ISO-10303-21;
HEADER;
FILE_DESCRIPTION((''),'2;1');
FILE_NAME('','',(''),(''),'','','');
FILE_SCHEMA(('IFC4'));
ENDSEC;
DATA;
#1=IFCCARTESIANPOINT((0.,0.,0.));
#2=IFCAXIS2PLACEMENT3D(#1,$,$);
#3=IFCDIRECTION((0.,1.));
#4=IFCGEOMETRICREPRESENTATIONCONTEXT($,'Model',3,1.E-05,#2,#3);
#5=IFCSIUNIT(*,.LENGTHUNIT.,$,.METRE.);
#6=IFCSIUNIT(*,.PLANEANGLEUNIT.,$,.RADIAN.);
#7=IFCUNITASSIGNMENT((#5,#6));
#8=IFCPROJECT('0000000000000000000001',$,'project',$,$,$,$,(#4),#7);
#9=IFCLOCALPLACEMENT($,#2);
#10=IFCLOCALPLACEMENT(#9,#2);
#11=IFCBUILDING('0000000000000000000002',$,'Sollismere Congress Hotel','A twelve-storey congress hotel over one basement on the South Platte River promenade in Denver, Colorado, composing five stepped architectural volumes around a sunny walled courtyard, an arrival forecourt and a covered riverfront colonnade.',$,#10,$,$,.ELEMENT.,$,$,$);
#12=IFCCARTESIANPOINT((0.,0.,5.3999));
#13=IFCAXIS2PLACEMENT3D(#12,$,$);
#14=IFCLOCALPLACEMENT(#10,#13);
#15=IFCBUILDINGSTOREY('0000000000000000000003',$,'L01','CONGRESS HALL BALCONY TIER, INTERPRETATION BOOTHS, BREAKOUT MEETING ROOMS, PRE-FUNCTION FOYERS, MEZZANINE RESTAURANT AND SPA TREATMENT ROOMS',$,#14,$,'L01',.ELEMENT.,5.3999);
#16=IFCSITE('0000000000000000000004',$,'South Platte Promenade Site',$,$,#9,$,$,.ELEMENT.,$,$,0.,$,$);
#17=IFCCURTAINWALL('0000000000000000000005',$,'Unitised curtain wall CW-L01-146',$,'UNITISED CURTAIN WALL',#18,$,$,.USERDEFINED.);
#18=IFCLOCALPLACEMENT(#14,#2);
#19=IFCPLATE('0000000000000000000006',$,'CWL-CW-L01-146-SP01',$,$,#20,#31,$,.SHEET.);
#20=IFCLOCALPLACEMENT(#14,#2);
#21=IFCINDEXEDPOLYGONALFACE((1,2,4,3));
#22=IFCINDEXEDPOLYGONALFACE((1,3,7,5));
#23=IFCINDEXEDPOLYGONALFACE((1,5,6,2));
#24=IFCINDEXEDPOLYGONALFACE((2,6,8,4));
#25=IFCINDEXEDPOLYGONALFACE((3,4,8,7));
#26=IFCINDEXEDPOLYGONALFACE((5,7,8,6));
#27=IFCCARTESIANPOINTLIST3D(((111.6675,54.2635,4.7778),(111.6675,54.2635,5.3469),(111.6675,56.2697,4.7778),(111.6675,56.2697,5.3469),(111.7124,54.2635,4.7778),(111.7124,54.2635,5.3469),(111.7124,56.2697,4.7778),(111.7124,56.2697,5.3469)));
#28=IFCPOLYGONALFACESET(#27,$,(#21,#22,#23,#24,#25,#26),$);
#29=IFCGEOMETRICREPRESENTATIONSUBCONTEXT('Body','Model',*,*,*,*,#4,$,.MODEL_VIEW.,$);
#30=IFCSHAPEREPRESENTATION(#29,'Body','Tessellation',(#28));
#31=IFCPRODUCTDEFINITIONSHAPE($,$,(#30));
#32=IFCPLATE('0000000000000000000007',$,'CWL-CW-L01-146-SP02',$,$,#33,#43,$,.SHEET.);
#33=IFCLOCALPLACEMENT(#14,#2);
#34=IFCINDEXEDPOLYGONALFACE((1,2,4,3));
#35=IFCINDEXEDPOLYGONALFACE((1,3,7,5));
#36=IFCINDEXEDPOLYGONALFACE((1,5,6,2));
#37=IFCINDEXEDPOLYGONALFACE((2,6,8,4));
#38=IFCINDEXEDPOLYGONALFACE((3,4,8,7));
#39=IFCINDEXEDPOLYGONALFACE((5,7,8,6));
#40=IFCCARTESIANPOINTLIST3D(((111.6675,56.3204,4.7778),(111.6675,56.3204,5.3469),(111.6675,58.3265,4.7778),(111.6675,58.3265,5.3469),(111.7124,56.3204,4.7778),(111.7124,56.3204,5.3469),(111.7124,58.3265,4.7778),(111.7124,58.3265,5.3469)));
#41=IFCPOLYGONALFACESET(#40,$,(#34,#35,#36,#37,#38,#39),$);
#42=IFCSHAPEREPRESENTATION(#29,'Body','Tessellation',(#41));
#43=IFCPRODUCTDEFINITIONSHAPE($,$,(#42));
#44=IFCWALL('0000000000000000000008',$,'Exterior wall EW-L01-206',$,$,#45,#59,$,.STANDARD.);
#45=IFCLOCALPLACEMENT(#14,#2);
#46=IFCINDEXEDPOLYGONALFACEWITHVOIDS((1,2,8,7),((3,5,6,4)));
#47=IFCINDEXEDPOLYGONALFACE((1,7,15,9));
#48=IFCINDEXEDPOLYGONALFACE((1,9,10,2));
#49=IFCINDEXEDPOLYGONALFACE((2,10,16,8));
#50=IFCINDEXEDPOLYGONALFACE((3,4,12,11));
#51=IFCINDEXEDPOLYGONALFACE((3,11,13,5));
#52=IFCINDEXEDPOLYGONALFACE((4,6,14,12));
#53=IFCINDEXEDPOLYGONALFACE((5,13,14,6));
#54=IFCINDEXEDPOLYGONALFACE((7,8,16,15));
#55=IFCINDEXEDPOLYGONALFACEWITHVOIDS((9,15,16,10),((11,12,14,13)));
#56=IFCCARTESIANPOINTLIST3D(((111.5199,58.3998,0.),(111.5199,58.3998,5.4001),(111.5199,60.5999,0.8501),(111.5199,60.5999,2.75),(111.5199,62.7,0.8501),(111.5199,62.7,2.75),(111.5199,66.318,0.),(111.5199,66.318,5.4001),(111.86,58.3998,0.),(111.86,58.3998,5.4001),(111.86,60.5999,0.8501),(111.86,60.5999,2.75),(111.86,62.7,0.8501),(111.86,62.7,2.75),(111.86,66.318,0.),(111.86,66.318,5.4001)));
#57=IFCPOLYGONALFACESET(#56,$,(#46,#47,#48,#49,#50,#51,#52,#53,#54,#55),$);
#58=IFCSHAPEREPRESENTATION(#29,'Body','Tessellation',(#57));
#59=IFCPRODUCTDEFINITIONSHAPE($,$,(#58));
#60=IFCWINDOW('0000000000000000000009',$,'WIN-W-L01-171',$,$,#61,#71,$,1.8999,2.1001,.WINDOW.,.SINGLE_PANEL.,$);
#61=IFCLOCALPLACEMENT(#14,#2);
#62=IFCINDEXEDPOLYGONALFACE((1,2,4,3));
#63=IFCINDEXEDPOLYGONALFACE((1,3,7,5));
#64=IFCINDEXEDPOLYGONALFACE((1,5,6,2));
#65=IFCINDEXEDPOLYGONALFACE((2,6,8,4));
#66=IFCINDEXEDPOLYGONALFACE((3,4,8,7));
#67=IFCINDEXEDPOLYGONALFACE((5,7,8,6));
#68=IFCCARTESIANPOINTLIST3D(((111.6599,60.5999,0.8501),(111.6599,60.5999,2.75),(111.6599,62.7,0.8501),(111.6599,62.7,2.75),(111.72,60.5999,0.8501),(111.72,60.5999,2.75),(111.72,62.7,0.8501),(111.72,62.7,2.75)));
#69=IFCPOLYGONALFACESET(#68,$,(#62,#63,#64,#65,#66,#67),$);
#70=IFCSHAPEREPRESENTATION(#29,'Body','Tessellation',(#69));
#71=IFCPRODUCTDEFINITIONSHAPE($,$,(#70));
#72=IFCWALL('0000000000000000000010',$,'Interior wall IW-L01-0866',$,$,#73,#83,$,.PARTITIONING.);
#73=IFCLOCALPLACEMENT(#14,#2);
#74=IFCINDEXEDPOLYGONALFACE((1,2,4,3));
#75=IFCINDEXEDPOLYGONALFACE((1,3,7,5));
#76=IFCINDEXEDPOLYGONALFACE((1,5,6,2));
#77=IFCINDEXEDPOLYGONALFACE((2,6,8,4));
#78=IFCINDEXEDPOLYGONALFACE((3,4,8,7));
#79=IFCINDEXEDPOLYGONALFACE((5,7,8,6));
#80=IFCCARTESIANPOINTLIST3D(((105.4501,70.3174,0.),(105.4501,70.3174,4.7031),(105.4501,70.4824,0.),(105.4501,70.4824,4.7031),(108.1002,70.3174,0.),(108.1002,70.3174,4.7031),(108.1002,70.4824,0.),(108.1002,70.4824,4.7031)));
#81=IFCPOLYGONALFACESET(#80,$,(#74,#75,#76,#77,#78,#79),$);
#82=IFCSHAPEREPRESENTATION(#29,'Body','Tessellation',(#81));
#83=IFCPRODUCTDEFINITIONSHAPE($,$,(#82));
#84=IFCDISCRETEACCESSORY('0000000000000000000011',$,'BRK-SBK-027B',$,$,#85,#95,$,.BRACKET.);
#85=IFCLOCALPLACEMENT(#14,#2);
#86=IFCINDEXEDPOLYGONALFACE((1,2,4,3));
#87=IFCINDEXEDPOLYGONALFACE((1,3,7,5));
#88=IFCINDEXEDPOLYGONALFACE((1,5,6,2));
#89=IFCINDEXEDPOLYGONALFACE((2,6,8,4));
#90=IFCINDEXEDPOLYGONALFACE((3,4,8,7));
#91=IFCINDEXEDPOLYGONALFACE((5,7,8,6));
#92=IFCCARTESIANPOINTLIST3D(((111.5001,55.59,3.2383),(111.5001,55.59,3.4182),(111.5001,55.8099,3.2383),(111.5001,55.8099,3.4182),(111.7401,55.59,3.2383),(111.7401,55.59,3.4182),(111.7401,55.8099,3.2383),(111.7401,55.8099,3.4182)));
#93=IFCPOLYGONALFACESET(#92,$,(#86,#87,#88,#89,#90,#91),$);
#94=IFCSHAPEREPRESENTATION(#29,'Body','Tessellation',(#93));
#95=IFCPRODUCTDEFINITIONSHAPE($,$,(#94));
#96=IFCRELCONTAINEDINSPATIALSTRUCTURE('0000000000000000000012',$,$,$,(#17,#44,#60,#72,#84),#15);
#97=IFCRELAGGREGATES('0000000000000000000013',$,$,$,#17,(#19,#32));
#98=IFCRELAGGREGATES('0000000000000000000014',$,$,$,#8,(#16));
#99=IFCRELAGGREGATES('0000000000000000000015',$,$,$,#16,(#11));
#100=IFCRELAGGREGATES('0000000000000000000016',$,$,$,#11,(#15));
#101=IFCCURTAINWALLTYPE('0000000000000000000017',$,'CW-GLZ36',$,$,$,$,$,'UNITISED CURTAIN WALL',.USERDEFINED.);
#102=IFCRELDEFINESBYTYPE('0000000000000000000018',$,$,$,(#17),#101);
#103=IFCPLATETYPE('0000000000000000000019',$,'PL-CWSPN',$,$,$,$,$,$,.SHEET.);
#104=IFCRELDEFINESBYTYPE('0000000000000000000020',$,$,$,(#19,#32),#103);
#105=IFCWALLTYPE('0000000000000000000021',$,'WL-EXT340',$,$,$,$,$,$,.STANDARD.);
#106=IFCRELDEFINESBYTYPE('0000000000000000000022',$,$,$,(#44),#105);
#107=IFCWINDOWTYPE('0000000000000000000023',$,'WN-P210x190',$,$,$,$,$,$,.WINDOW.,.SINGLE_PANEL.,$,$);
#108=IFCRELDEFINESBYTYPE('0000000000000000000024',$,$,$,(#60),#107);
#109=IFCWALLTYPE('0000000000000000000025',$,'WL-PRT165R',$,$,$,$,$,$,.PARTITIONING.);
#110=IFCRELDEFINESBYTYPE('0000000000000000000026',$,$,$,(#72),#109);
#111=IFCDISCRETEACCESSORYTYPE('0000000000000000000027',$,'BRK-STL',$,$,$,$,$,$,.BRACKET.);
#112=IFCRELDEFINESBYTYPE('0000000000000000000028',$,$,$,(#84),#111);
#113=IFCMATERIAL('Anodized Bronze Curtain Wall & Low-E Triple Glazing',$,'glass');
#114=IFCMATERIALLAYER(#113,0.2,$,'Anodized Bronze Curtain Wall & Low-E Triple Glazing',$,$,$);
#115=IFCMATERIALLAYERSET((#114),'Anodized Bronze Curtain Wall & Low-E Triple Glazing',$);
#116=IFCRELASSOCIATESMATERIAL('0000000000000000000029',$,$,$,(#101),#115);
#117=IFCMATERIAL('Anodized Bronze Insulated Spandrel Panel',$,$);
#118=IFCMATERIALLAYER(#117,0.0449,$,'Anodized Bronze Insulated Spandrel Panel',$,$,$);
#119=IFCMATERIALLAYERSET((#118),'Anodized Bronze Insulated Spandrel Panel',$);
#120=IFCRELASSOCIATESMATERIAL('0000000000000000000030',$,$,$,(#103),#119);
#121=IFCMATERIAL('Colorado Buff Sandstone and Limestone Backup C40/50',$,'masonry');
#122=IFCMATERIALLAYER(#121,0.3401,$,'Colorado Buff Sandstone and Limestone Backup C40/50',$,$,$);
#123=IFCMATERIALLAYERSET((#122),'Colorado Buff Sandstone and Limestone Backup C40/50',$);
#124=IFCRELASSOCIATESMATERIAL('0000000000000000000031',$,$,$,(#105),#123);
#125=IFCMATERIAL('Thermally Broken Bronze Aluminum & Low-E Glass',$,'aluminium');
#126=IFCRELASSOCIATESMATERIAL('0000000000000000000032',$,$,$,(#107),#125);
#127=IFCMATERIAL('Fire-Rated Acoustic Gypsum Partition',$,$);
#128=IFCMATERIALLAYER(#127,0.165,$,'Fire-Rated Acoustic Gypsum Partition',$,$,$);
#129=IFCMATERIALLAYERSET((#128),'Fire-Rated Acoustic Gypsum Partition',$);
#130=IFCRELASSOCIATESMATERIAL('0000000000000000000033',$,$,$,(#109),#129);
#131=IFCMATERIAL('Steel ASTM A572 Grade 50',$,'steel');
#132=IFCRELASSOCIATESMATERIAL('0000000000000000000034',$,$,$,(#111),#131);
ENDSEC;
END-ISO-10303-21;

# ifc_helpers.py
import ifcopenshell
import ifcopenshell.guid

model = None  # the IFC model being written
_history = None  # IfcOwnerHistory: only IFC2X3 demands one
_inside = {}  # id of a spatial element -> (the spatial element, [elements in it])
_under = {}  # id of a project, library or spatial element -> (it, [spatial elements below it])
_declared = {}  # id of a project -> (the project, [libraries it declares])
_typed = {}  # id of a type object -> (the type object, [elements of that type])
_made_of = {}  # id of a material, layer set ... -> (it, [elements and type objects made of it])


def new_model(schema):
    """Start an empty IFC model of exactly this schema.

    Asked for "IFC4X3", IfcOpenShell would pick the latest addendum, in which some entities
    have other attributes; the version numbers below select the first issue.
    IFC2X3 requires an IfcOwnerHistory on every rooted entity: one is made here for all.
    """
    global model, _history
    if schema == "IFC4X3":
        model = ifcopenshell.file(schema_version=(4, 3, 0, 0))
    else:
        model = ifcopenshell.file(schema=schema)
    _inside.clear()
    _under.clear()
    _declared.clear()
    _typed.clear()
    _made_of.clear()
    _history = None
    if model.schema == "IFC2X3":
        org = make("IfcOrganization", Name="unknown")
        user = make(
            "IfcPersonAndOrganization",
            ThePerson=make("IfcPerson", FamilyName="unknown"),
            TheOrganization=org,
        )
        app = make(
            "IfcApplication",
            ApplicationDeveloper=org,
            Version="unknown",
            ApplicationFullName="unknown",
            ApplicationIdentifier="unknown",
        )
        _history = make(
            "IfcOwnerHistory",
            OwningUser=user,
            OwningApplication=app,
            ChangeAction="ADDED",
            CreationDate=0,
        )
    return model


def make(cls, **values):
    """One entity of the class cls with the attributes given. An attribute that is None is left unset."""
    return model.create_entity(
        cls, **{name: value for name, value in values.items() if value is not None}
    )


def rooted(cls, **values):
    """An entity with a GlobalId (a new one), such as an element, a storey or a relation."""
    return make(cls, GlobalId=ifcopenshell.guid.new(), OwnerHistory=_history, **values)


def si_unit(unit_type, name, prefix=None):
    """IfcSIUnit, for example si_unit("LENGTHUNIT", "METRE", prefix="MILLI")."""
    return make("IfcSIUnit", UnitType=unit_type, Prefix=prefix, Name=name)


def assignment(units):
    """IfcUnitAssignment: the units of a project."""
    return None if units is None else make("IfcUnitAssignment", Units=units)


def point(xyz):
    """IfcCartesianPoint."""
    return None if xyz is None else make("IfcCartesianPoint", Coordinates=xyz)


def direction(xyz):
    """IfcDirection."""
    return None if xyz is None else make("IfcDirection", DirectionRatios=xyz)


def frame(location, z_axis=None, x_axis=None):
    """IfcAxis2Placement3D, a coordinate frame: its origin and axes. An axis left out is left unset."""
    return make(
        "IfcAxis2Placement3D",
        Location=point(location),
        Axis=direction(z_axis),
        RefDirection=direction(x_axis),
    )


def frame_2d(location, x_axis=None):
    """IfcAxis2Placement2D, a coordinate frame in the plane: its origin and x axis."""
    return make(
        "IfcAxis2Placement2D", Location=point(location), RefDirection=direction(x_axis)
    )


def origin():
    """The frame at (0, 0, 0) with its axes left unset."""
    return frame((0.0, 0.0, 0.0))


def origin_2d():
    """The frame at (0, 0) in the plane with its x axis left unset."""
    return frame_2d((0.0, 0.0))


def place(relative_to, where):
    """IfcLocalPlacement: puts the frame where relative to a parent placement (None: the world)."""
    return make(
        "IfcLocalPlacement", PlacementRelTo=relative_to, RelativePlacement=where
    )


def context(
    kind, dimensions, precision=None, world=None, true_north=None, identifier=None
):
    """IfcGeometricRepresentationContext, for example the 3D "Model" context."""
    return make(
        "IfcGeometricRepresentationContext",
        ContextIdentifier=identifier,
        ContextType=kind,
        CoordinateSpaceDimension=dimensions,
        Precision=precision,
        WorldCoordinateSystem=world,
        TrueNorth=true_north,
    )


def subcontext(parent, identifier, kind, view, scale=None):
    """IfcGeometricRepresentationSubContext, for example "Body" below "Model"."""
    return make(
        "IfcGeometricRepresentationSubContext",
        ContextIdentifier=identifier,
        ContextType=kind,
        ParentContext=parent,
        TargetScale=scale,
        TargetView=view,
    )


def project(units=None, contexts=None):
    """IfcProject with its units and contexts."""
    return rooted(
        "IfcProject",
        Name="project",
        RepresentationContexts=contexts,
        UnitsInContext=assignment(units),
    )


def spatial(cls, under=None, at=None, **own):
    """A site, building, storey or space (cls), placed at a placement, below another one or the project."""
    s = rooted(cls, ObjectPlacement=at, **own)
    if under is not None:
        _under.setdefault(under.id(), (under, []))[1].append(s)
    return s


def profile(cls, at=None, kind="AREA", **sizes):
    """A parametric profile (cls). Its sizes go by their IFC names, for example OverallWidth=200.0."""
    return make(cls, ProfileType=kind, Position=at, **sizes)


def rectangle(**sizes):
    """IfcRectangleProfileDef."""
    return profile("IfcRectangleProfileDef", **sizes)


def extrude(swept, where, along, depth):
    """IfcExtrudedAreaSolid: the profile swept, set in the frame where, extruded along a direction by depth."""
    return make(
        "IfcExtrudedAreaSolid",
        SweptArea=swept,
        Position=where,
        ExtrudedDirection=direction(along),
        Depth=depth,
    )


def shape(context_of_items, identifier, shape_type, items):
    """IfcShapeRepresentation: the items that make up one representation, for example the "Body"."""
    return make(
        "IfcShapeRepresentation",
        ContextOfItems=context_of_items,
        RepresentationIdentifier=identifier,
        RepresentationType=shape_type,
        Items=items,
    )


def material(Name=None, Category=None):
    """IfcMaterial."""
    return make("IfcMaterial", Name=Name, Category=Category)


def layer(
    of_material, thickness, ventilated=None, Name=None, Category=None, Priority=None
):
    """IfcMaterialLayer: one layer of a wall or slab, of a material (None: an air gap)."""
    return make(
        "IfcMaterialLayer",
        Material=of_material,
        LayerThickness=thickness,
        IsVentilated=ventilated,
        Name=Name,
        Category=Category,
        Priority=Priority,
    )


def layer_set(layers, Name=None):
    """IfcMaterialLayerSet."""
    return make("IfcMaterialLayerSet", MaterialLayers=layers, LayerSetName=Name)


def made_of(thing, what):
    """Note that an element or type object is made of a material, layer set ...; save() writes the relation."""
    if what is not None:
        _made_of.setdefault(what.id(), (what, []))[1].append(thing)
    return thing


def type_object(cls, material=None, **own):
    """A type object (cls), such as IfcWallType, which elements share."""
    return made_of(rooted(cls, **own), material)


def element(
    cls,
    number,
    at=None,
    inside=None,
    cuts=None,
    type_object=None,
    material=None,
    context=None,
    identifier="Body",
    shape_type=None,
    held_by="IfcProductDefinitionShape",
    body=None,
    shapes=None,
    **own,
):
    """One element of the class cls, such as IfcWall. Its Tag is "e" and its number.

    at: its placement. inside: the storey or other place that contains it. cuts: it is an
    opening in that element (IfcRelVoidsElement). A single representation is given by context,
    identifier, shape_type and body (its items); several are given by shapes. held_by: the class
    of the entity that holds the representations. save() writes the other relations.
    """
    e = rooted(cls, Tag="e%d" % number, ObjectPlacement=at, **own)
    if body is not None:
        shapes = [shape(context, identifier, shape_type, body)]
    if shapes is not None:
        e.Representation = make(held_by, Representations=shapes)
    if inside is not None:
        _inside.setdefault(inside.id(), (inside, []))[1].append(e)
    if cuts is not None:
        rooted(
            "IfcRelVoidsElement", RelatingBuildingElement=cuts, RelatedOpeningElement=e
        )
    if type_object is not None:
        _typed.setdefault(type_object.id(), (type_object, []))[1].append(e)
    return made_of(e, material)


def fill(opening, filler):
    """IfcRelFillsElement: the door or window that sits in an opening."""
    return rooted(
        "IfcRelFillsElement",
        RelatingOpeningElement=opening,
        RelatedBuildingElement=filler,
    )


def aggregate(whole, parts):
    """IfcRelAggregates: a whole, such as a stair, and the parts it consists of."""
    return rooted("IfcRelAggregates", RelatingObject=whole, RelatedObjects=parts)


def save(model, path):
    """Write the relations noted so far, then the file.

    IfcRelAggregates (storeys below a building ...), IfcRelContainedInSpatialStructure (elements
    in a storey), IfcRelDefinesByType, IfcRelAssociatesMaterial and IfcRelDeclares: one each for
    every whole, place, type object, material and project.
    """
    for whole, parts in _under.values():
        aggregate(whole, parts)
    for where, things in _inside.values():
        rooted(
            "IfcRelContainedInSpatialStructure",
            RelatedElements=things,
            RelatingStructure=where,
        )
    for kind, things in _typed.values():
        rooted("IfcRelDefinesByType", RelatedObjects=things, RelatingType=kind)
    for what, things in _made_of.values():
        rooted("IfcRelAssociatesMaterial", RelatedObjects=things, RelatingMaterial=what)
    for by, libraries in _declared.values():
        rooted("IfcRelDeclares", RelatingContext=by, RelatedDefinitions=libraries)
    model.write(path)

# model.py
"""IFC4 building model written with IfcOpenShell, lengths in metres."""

from ifc_helpers import new_model, si_unit, direction, frame, frame_2d, origin, origin_2d, place, context, subcontext, project, spatial, rectangle, extrude, material, layer, layer_set, type_object, element, fill, aggregate, save


model = new_model("IFC4")

# Units and contexts
model_context = context("Model", 3, precision=1e-05, world=origin(), true_north=direction((0.0, 1.0)))
body_context = subcontext(model_context, "Body", "Model", "MODEL_VIEW")
ifc_project = project(units=[si_unit("LENGTHUNIT", "METRE"), si_unit("PLANEANGLEUNIT", "RADIAN")], contexts=[model_context])

# Site, building, storey
site_placement = place(None, origin())
site = spatial("IfcSite", under=ifc_project, at=site_placement, Name="South Platte Promenade Site", CompositionType="ELEMENT", RefElevation=0.0)
building_placement = place(site_placement, origin())
building = spatial("IfcBuilding", under=site, at=building_placement, Name="Sollismere Congress Hotel", Description="A twelve-storey congress hotel over one basement on the South Platte River promenade in Denver, Colorado, composing five stepped architectural volumes around a sunny walled courtyard, an arrival forecourt and a covered riverfront colonnade.", CompositionType="ELEMENT")
storey_placement = place(building_placement, frame((0.0, 0.0, 5.3999)))
storey = spatial("IfcBuildingStorey", under=building, at=storey_placement, Name="L01", Description="CONGRESS HALL BALCONY TIER, INTERPRETATION BOOTHS, BREAKOUT MEETING ROOMS, PRE-FUNCTION FOYERS, MEZZANINE RESTAURANT AND SPA TREATMENT ROOMS", LongName="L01", CompositionType="ELEMENT", Elevation=5.3999)

# Curtain wall, plates
ifc_material_1 = material(Name="Anodized Bronze Curtain Wall & Low-E Triple Glazing", Category="glass")
ifc_layer_1 = layer(ifc_material_1, 0.2, Name="Anodized Bronze Curtain Wall & Low-E Triple Glazing")
ifc_layer_set_1 = layer_set([ifc_layer_1], Name="Anodized Bronze Curtain Wall & Low-E Triple Glazing")
curtain_wall_type = type_object("IfcCurtainWallType", Name="CW-GLZ36", ElementType="UNITISED CURTAIN WALL", PredefinedType="USERDEFINED", material=ifc_layer_set_1)
curtain_wall_placement = place(storey_placement, origin())
curtain_wall = element("IfcCurtainWall", 1, at=curtain_wall_placement, inside=storey, type_object=curtain_wall_type, Name="Unitised curtain wall CW-L01-146", ObjectType="UNITISED CURTAIN WALL", PredefinedType="USERDEFINED")
ifc_material_2 = material(Name="Anodized Bronze Insulated Spandrel Panel")
ifc_layer_2 = layer(ifc_material_2, 0.0449, Name="Anodized Bronze Insulated Spandrel Panel")
ifc_layer_set_2 = layer_set([ifc_layer_2], Name="Anodized Bronze Insulated Spandrel Panel")
plate_type_1 = type_object("IfcPlateType", Name="PL-CWSPN", PredefinedType="SHEET", material=ifc_layer_set_2)
plate_1_placement = place(storey_placement, frame((111.6899, 55.2666, 4.7778), z_axis=(0.0, 0.0, 1.0), x_axis=(0.0, 1.0, 0.0)))
plate_1 = element("IfcPlate", 2, at=plate_1_placement, type_object=plate_type_1, Name="CWL-CW-L01-146-SP01", PredefinedType="SHEET", context=body_context, shape_type="SweptSolid", body=[
    extrude(rectangle(XDim=2.0061, YDim=0.0449, at=origin_2d()), origin(), (0.0, 0.0, 1.0), 0.5691),
])
plate_2_placement = place(storey_placement, frame((111.6899, 57.3235, 4.7778), z_axis=(0.0, 0.0, 1.0), x_axis=(0.0, 1.0, 0.0)))
plate_2 = element("IfcPlate", 3, at=plate_2_placement, type_object=plate_type_1, Name="CWL-CW-L01-146-SP02", PredefinedType="SHEET", context=body_context, shape_type="SweptSolid", body=[
    extrude(rectangle(XDim=2.0061, YDim=0.0449, at=origin_2d()), origin(), (0.0, 0.0, 1.0), 0.5691),
])
aggregate(curtain_wall, [plate_1, plate_2])

# Wall, opening, window
ifc_material_3 = material(Name="Colorado Buff Sandstone and Limestone Backup C40/50", Category="masonry")
ifc_layer_3 = layer(ifc_material_3, 0.3401, Name="Colorado Buff Sandstone and Limestone Backup C40/50")
ifc_layer_set_3 = layer_set([ifc_layer_3], Name="Colorado Buff Sandstone and Limestone Backup C40/50")
wall_type_1 = type_object("IfcWallType", Name="WL-EXT340", PredefinedType="STANDARD", material=ifc_layer_set_3)
wall_1_placement = place(storey_placement, frame((111.6899, 58.3999, 0.0), z_axis=(0.0, 0.0, 1.0), x_axis=(0.0, 1.0, 0.0)))
wall_1 = element("IfcWall", 4, at=wall_1_placement, inside=storey, type_object=wall_type_1, Name="Exterior wall EW-L01-206", PredefinedType="STANDARD", context=body_context, shape_type="SweptSolid", body=[
    extrude(rectangle(XDim=7.9182, YDim=0.3401, at=frame_2d((3.959, 0.0))), origin(), (0.0, 0.0, 1.0), 5.4001),
])
opening_1_placement = place(wall_1_placement, frame((2.2, 0.0, 0.8501)))
opening_1 = element("IfcOpeningElement", 5, at=opening_1_placement, cuts=wall_1, PredefinedType="OPENING", context=body_context, shape_type="SweptSolid", body=[
    extrude(rectangle(XDim=2.1001, YDim=1.8999, at=frame_2d((1.05, 0.95))), frame((0.0, 0.1799, 0.0), z_axis=(0.0, -1.0, 0.0), x_axis=(1.0, 0.0, 0.0)), (0.0, 0.0, 1.0), 0.3601),
])
ifc_material_4 = material(Name="Thermally Broken Bronze Aluminum & Low-E Glass", Category="aluminium")
window_type = type_object("IfcWindowType", Name="WN-P210x190", PartitioningType="SINGLE_PANEL", PredefinedType="WINDOW", material=ifc_material_4)
window_placement = place(opening_1_placement, origin())
window = element("IfcWindow", 6, at=window_placement, inside=storey, type_object=window_type, Name="WIN-W-L01-171", OverallHeight=1.8999, OverallWidth=2.1001, PartitioningType="SINGLE_PANEL", PredefinedType="WINDOW", context=body_context, shape_type="SweptSolid", body=[
    extrude(rectangle(XDim=2.1001, YDim=1.8999, at=frame_2d((1.05, 0.95))), frame((0.0, 0.03, 0.0), z_axis=(0.0, -1.0, 0.0), x_axis=(1.0, 0.0, 0.0)), (0.0, 0.0, 1.0), 0.0601),
])
fill(opening_1, window)

# Wall
ifc_material_5 = material(Name="Fire-Rated Acoustic Gypsum Partition")
ifc_layer_4 = layer(ifc_material_5, 0.165, Name="Fire-Rated Acoustic Gypsum Partition")
ifc_layer_set_4 = layer_set([ifc_layer_4], Name="Fire-Rated Acoustic Gypsum Partition")
wall_type_2 = type_object("IfcWallType", Name="WL-PRT165R", PredefinedType="PARTITIONING", material=ifc_layer_set_4)
wall_2_placement = place(storey_placement, frame((105.45, 70.3999, 0.0), z_axis=(0.0, 0.0, 1.0), x_axis=(1.0, 0.0, 0.0)))
element("IfcWall", 7, at=wall_2_placement, inside=storey, type_object=wall_type_2, Name="Interior wall IW-L01-0866", PredefinedType="PARTITIONING", context=body_context, shape_type="SweptSolid", body=[
    extrude(rectangle(XDim=2.6501, YDim=0.165, at=frame_2d((1.3252, 0.0))), origin(), (0.0, 0.0, 1.0), 4.7031),
])

# Discrete accessory
ifc_material_6 = material(Name="Steel ASTM A572 Grade 50", Category="steel")
discrete_accessory_type = type_object("IfcDiscreteAccessoryType", Name="BRK-STL", PredefinedType="BRACKET", material=ifc_material_6)
discrete_accessory_placement = place(storey_placement, frame((111.6201, 55.7, 3.2383), z_axis=(0.0, 0.0, 1.0), x_axis=(0.0, 1.0, 0.0)))
element("IfcDiscreteAccessory", 8, at=discrete_accessory_placement, inside=storey, type_object=discrete_accessory_type, Name="BRK-SBK-027B", PredefinedType="BRACKET", context=body_context, shape_type="SweptSolid", body=[
    extrude(rectangle(XDim=0.22, YDim=0.24, at=origin_2d()), origin(), (0.0, 0.0, 1.0), 0.1799),
])

save(model, "model.ifc")
